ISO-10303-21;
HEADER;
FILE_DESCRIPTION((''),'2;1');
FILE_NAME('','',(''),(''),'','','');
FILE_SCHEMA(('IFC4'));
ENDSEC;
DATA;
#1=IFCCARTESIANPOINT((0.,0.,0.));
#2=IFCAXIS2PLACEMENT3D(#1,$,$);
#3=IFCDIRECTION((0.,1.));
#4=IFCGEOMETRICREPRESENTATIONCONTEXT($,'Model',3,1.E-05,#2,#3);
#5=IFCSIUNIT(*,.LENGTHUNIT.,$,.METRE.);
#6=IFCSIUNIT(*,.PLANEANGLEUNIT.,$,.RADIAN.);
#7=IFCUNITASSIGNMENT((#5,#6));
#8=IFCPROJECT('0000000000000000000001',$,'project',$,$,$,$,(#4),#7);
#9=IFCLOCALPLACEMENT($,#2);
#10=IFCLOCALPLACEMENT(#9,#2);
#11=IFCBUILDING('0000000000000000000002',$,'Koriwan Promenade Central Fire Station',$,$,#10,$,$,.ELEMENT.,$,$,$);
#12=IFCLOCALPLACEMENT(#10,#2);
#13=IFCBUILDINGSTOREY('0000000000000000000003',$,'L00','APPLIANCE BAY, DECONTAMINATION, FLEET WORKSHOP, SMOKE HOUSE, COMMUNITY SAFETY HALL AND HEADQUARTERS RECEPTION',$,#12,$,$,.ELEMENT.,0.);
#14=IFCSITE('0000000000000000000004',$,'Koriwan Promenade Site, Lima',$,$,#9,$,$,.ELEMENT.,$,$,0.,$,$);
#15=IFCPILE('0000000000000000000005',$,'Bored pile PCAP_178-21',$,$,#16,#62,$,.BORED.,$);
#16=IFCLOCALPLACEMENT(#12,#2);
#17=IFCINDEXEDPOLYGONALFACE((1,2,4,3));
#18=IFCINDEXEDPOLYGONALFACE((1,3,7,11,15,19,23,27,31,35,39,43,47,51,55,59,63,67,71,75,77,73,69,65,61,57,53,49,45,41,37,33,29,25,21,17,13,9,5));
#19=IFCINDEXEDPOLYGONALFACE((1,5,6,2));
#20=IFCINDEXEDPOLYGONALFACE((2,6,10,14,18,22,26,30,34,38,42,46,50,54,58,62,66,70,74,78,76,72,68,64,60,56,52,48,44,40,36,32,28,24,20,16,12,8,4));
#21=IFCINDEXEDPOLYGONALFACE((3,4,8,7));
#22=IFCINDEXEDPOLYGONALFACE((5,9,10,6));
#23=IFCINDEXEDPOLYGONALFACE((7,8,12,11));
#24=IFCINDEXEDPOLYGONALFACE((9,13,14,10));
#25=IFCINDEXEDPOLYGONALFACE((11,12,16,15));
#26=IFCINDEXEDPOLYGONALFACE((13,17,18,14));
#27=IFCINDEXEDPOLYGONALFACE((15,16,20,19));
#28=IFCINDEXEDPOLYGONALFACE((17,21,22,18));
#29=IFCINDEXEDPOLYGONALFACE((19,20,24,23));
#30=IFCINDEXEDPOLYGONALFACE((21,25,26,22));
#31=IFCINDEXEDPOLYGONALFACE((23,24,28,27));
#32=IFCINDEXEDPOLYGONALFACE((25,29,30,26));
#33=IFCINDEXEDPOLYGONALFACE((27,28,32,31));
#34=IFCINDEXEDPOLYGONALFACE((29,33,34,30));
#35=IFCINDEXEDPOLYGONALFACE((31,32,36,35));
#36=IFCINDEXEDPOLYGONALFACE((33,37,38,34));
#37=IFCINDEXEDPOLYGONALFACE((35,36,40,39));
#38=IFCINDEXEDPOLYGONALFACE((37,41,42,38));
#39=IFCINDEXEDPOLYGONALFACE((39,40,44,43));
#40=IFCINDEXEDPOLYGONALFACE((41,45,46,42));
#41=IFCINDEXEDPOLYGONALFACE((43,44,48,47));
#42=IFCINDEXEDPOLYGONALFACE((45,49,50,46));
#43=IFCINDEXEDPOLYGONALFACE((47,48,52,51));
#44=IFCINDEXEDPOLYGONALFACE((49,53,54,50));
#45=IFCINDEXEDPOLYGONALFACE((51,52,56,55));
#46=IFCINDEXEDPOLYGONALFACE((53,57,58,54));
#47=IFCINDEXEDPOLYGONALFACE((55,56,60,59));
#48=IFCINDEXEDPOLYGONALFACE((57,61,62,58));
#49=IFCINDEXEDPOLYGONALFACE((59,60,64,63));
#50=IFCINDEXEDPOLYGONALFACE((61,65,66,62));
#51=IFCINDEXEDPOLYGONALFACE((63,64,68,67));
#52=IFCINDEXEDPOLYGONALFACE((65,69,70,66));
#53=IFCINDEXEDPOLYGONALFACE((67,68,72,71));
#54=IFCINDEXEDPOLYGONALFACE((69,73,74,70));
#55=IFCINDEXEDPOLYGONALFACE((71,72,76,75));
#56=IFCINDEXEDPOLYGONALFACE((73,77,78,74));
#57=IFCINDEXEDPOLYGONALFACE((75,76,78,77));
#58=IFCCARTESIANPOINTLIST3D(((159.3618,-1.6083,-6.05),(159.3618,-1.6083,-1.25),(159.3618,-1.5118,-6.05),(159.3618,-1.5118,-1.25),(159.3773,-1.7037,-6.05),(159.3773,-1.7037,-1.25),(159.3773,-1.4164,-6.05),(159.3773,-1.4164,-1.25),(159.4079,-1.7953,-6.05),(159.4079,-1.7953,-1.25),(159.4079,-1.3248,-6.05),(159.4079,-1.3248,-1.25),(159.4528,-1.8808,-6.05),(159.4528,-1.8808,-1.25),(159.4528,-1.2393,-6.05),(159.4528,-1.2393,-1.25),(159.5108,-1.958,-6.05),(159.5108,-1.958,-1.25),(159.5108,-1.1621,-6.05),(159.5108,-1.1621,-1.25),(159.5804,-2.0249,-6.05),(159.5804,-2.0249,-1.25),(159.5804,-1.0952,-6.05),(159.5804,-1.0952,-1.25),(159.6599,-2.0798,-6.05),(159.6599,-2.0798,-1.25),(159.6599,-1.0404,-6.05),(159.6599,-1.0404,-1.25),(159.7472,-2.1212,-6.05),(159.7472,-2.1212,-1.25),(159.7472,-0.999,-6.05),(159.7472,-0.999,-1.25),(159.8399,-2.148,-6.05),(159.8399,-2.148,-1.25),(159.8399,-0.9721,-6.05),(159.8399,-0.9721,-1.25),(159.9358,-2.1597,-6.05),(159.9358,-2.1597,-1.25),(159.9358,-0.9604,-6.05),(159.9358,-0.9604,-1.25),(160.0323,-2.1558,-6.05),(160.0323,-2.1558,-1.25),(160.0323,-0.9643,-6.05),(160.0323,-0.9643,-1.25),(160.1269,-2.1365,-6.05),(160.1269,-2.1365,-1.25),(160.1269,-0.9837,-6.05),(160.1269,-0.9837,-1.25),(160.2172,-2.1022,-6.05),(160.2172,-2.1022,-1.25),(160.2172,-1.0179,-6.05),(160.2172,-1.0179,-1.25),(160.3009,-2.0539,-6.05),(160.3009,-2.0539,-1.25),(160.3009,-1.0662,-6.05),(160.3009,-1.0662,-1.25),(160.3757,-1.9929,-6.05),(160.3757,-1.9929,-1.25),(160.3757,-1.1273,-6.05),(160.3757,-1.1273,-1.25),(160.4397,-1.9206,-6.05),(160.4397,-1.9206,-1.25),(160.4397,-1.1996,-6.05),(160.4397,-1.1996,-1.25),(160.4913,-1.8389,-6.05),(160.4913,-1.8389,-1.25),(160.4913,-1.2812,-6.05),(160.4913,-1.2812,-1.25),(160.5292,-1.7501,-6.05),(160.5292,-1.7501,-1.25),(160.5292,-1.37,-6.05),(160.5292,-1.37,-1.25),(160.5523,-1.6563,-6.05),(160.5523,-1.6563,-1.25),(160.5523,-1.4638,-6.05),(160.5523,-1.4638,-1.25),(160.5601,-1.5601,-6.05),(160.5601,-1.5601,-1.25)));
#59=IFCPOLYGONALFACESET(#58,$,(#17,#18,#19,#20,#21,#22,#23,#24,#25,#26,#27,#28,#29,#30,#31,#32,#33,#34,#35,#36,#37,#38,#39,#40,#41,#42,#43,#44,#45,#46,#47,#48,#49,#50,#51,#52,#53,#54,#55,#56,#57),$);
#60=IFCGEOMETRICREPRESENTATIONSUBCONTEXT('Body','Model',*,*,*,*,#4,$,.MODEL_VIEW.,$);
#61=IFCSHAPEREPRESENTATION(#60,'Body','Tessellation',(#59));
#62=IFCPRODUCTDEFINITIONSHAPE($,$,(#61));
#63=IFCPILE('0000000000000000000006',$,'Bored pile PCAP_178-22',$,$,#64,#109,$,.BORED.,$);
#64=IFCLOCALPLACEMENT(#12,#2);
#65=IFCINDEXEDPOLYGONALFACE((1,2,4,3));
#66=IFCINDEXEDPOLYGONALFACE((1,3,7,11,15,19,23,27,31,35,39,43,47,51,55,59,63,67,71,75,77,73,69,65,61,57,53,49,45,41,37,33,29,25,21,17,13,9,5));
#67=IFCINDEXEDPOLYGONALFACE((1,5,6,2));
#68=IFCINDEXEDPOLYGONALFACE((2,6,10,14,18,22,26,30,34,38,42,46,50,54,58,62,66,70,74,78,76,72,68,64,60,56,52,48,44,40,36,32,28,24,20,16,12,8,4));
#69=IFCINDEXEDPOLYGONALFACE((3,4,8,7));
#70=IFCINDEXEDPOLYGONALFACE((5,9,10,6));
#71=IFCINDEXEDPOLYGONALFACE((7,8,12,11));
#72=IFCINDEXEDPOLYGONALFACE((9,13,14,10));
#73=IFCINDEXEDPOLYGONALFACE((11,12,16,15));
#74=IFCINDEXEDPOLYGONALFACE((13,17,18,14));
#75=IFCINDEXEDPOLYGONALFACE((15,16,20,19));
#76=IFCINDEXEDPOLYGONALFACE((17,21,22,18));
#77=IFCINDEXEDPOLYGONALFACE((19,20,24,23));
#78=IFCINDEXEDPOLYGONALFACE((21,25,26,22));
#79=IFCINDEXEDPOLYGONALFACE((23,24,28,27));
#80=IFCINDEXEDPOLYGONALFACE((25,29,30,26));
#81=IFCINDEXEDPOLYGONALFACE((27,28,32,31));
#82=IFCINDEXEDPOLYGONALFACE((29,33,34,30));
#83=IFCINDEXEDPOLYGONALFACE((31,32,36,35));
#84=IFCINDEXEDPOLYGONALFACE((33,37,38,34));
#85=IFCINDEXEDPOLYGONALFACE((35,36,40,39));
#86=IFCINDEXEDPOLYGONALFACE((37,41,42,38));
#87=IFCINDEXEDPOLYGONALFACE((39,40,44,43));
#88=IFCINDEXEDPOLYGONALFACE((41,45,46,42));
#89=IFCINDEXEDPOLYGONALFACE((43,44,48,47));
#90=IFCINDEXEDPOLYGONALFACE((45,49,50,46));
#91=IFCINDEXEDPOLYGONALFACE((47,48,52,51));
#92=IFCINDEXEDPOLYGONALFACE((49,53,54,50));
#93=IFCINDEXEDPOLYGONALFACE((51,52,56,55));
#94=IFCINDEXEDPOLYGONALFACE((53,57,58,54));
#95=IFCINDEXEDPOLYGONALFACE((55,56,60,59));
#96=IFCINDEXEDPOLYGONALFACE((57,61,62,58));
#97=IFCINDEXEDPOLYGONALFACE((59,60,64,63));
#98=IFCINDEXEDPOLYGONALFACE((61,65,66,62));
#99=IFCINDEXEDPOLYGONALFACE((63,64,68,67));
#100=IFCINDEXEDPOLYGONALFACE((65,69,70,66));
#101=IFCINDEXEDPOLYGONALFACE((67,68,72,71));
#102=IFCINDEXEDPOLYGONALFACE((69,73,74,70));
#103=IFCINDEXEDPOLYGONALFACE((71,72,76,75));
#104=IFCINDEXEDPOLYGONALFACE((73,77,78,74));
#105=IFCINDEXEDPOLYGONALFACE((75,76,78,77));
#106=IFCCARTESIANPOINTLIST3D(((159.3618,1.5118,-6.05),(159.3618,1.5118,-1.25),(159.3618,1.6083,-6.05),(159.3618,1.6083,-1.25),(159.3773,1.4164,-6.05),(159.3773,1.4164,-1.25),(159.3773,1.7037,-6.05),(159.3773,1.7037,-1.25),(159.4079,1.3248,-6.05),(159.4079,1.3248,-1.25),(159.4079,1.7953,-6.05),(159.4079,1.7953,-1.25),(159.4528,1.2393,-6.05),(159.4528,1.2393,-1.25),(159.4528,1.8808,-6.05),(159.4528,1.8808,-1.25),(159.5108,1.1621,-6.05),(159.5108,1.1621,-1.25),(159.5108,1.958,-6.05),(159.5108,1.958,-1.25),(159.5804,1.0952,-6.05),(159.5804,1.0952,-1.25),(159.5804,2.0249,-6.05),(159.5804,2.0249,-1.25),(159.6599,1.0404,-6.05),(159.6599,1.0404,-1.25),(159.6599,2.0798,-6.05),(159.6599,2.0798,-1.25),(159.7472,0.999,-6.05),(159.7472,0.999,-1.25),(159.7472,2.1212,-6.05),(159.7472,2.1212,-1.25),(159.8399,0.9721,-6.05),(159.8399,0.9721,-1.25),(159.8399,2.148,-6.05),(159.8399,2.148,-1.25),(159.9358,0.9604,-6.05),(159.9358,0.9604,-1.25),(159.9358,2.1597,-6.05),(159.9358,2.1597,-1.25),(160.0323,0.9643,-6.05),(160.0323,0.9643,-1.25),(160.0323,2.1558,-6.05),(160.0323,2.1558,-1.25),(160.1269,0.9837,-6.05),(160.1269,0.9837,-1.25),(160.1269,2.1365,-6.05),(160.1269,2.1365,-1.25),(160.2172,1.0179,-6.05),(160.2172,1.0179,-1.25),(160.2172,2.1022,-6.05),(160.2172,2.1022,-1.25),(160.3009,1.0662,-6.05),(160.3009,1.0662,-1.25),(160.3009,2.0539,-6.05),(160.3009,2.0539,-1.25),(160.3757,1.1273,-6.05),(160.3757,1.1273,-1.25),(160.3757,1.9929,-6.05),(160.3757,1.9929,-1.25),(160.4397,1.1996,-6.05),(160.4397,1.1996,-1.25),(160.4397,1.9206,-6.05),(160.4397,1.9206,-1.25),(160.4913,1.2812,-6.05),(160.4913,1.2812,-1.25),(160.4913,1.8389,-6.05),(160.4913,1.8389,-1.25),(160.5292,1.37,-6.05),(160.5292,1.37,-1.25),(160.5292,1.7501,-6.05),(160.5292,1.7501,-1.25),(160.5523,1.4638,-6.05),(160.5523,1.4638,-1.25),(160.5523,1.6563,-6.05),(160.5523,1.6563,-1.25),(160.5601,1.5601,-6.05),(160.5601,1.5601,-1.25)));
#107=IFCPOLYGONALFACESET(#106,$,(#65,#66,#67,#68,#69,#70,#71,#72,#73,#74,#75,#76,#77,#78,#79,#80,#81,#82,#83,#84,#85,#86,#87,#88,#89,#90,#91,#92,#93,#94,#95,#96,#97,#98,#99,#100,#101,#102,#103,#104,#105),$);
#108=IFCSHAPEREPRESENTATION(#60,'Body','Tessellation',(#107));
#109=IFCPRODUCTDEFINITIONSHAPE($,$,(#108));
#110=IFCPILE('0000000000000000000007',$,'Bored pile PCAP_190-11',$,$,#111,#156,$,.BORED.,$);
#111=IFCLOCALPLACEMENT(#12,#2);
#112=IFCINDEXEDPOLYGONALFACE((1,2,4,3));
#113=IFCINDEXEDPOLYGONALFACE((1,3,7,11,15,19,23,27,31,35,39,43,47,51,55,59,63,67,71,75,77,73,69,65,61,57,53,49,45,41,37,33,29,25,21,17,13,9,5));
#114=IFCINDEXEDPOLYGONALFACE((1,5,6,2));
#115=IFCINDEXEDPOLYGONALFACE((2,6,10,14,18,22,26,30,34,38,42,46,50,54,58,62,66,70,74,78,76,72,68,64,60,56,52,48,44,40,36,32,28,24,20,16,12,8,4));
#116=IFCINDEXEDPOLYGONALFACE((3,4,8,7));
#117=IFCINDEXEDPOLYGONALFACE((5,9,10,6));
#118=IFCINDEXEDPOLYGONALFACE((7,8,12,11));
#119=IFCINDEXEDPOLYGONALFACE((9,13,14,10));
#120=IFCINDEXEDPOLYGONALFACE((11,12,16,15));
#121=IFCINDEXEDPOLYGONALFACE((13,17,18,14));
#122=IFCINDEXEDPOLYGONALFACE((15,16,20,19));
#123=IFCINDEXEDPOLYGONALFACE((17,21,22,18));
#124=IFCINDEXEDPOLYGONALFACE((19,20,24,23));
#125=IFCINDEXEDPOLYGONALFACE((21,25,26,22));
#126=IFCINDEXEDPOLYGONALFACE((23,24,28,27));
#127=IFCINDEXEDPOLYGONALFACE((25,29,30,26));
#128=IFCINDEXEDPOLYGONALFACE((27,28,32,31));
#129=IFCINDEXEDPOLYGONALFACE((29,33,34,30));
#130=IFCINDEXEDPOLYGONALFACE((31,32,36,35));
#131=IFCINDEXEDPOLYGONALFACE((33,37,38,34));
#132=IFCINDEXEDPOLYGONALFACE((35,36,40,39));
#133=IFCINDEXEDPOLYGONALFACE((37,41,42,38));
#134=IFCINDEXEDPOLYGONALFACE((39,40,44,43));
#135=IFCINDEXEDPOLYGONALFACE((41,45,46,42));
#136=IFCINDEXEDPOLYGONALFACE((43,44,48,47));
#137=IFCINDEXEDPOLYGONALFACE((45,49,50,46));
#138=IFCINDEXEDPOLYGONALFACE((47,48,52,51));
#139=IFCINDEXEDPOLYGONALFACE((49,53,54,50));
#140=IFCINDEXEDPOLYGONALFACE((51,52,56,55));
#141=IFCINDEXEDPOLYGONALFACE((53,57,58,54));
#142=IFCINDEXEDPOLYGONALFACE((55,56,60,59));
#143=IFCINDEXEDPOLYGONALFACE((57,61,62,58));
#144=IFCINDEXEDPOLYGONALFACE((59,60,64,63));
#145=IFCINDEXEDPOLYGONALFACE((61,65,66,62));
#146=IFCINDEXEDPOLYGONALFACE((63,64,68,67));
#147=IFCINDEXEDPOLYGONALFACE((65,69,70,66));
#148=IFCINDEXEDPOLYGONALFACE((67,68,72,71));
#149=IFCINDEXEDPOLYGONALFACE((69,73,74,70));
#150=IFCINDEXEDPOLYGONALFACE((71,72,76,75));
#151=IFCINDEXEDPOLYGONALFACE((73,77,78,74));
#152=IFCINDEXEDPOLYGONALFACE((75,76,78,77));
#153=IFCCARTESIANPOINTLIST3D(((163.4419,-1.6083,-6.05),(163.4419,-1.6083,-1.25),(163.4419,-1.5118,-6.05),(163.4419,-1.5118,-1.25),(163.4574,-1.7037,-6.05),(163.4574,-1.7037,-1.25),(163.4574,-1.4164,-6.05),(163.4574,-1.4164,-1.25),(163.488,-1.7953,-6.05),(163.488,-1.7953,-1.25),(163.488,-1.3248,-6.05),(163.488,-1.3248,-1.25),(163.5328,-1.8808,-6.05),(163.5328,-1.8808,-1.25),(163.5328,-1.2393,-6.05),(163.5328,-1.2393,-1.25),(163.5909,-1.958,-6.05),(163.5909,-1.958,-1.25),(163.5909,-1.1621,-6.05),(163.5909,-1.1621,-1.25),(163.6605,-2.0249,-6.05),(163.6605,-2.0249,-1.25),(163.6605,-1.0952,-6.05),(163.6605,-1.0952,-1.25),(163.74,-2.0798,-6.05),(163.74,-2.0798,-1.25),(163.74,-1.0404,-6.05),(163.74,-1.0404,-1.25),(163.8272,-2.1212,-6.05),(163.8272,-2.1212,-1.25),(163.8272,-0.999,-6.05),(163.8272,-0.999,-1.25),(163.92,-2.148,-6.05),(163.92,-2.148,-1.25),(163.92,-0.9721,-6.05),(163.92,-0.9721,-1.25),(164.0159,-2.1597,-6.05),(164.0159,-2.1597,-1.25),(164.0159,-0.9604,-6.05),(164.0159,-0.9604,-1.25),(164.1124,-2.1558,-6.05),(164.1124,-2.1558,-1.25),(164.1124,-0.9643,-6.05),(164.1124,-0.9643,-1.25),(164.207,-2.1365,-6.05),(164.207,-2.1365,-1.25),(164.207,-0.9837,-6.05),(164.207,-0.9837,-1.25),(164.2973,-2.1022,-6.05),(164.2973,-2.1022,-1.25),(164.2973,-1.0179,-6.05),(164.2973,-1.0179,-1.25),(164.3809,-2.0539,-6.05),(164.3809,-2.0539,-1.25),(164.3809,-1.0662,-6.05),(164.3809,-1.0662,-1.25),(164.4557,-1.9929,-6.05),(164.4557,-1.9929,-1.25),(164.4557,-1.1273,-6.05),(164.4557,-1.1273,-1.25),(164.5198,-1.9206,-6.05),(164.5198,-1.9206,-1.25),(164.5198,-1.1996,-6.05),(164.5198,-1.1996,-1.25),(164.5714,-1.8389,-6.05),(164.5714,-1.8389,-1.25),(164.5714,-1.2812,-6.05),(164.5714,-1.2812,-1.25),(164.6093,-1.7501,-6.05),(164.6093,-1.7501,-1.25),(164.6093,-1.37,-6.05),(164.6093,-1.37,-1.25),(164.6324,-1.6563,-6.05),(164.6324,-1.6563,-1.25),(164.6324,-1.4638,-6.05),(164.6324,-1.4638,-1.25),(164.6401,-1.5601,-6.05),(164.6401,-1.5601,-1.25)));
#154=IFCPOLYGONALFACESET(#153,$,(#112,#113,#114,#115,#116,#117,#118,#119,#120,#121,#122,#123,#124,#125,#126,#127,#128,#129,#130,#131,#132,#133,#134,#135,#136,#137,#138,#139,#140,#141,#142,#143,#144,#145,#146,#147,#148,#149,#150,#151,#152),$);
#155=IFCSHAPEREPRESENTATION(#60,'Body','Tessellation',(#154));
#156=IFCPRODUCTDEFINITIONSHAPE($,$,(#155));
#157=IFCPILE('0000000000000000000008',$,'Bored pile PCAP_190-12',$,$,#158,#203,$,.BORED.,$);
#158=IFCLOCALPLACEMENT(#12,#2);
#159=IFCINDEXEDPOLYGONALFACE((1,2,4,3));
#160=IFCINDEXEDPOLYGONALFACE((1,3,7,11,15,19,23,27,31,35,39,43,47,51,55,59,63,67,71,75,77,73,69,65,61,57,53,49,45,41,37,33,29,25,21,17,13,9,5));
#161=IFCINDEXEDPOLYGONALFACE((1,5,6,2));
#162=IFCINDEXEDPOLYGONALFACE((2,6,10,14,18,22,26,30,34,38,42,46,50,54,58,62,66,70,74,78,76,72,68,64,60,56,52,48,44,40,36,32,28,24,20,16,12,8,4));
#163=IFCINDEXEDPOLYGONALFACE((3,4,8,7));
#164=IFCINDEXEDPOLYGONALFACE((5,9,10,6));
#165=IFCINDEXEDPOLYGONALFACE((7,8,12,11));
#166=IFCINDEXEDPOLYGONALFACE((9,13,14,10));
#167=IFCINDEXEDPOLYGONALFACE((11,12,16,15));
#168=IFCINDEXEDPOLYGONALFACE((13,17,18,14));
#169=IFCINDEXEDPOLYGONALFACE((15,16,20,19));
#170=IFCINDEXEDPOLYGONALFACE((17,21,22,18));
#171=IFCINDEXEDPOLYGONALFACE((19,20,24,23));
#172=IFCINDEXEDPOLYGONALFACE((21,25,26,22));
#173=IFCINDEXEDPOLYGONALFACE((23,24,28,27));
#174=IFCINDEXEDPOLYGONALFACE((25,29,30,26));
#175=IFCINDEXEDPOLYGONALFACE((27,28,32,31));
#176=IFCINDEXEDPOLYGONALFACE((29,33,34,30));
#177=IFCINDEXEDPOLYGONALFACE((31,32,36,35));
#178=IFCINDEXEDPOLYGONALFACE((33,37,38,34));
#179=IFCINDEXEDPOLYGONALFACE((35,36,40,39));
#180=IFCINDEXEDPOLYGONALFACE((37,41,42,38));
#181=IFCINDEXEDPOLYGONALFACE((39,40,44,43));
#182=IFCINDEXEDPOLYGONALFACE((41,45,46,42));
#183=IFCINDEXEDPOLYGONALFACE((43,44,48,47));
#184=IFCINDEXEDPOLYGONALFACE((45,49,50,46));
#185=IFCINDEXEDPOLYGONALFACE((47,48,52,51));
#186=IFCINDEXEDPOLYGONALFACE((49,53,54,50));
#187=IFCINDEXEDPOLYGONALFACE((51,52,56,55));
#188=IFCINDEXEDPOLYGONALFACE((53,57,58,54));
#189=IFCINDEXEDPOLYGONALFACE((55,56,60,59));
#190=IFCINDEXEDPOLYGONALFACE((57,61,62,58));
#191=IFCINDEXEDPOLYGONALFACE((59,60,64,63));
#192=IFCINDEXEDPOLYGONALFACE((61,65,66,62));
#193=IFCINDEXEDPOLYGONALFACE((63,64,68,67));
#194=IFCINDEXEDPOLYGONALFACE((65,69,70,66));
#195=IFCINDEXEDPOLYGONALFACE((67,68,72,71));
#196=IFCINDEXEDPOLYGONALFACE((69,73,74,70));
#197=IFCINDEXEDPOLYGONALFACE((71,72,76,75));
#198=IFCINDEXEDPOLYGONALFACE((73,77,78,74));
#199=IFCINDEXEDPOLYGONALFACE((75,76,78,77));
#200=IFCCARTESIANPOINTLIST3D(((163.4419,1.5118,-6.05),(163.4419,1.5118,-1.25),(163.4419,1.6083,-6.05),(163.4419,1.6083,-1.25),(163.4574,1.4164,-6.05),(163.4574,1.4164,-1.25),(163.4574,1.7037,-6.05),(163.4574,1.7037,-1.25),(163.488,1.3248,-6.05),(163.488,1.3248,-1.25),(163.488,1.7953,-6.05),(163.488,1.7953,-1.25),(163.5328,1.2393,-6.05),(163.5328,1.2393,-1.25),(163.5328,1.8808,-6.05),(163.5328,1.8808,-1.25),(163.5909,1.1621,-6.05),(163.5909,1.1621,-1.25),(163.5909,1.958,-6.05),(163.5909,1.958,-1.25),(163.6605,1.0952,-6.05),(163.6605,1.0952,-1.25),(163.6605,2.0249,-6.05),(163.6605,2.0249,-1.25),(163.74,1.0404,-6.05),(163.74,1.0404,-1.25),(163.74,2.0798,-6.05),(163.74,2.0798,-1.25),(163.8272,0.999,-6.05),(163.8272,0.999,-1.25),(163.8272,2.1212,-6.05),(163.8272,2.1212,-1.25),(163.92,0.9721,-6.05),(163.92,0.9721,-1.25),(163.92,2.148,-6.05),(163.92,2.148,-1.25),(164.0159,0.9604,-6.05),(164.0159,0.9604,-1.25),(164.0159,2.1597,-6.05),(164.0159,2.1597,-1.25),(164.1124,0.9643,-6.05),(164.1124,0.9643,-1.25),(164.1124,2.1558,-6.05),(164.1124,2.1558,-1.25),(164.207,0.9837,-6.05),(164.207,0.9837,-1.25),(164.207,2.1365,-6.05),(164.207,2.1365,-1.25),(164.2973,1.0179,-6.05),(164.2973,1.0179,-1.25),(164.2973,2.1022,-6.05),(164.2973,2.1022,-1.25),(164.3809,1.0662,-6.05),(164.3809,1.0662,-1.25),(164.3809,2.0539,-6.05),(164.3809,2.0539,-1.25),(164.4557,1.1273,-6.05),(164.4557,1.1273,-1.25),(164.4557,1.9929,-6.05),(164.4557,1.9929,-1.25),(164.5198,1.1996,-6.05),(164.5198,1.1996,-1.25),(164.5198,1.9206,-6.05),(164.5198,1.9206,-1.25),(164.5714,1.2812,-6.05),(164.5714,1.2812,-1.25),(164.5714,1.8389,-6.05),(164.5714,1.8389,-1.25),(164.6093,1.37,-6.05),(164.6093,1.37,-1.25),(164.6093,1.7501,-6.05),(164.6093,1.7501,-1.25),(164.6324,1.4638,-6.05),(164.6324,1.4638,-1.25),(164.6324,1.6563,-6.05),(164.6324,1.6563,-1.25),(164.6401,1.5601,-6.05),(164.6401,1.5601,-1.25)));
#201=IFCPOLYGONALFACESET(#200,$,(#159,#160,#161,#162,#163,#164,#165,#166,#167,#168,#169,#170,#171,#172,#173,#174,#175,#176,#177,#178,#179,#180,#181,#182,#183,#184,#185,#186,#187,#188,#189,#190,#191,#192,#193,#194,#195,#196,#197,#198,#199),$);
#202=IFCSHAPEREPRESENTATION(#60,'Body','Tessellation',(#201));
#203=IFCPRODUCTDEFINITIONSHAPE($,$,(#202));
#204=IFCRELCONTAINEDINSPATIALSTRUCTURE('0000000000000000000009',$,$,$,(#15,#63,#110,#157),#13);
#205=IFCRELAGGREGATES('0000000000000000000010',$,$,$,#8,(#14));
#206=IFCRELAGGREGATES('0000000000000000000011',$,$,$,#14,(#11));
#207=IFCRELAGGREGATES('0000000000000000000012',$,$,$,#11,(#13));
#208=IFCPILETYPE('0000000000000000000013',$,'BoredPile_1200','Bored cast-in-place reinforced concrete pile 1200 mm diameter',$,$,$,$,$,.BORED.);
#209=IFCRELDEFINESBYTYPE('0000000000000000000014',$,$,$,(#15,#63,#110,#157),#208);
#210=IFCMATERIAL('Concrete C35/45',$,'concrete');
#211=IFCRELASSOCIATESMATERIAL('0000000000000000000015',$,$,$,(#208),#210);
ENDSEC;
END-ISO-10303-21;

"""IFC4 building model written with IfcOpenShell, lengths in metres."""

from ifc_helpers import new_model, si_unit, direction, frame, origin, origin_2d, place, context, subcontext, project, spatial, circle, extrude, material, material_profile, profile_set, type_object, element, save


model = new_model("IFC4")

# Units and contexts
model_context = context("Model", 3, precision=1e-05, world=origin(), true_north=direction((0.0, 1.0)))
body_context = subcontext(model_context, "Body", "Model", "MODEL_VIEW")
ifc_project = project(units=[si_unit("LENGTHUNIT", "METRE"), si_unit("PLANEANGLEUNIT", "RADIAN")], contexts=[model_context])

# Site, building, storey
site_placement = place(None, origin())
site = spatial("IfcSite", under=ifc_project, at=site_placement, Name="Koriwan Promenade Site, Lima", CompositionType="ELEMENT", RefElevation=0.0)
building_placement = place(site_placement, origin())
building = spatial("IfcBuilding", under=site, at=building_placement, Name="Koriwan Promenade Central Fire Station", CompositionType="ELEMENT")
storey_placement = place(building_placement, origin())
storey = spatial("IfcBuildingStorey", under=building, at=storey_placement, Name="L00", Description="APPLIANCE BAY, DECONTAMINATION, FLEET WORKSHOP, SMOKE HOUSE, COMMUNITY SAFETY HALL AND HEADQUARTERS RECEPTION", CompositionType="ELEMENT", Elevation=0.0)

# Piles
ifc_material_1 = material(Name="Concrete C35/45", Category="concrete")
ifc_material_profile_1 = material_profile(ifc_material_1, circle(Radius=0.6001, at=origin_2d()), Name="PILE-D1200")
ifc_profile_set_1 = profile_set([ifc_material_profile_1], Name="Concrete C35/45")
pile_type = type_object("IfcPileType", Name="BoredPile_1200", Description="Bored cast-in-place reinforced concrete pile 1200 mm diameter", PredefinedType="BORED", material=ifc_profile_set_1)
for number, where, z_axis, x_axis, name in (
    (1, (159.96, -1.5601, -1.25), (0.0, 0.0, -1.0), (1.0, 0.0, 0.0), "Bored pile PCAP_178-21"),
    (2, (159.96, 1.5601, -1.25), (0.0, 0.0, -1.0), (1.0, 0.0, 0.0), "Bored pile PCAP_178-22"),
    (3, (164.04, -1.5601, -1.25), (0.0, 0.0, -1.0), (1.0, 0.0, 0.0), "Bored pile PCAP_190-11"),
    (4, (164.04, 1.5601, -1.25), (0.0, 0.0, -1.0), (1.0, 0.0, 0.0), "Bored pile PCAP_190-12"),
):
    element("IfcPile", number, at=place(storey_placement, frame(where, z_axis=z_axis, x_axis=x_axis)), inside=storey, type_object=pile_type, Name=name, PredefinedType="BORED", context=body_context, shape_type="SweptSolid", body=[
        extrude(circle(Radius=0.6001, at=origin_2d()), origin(), (0.0, 0.0, 1.0), 4.8),
    ])

save(model, "model.ifc")
